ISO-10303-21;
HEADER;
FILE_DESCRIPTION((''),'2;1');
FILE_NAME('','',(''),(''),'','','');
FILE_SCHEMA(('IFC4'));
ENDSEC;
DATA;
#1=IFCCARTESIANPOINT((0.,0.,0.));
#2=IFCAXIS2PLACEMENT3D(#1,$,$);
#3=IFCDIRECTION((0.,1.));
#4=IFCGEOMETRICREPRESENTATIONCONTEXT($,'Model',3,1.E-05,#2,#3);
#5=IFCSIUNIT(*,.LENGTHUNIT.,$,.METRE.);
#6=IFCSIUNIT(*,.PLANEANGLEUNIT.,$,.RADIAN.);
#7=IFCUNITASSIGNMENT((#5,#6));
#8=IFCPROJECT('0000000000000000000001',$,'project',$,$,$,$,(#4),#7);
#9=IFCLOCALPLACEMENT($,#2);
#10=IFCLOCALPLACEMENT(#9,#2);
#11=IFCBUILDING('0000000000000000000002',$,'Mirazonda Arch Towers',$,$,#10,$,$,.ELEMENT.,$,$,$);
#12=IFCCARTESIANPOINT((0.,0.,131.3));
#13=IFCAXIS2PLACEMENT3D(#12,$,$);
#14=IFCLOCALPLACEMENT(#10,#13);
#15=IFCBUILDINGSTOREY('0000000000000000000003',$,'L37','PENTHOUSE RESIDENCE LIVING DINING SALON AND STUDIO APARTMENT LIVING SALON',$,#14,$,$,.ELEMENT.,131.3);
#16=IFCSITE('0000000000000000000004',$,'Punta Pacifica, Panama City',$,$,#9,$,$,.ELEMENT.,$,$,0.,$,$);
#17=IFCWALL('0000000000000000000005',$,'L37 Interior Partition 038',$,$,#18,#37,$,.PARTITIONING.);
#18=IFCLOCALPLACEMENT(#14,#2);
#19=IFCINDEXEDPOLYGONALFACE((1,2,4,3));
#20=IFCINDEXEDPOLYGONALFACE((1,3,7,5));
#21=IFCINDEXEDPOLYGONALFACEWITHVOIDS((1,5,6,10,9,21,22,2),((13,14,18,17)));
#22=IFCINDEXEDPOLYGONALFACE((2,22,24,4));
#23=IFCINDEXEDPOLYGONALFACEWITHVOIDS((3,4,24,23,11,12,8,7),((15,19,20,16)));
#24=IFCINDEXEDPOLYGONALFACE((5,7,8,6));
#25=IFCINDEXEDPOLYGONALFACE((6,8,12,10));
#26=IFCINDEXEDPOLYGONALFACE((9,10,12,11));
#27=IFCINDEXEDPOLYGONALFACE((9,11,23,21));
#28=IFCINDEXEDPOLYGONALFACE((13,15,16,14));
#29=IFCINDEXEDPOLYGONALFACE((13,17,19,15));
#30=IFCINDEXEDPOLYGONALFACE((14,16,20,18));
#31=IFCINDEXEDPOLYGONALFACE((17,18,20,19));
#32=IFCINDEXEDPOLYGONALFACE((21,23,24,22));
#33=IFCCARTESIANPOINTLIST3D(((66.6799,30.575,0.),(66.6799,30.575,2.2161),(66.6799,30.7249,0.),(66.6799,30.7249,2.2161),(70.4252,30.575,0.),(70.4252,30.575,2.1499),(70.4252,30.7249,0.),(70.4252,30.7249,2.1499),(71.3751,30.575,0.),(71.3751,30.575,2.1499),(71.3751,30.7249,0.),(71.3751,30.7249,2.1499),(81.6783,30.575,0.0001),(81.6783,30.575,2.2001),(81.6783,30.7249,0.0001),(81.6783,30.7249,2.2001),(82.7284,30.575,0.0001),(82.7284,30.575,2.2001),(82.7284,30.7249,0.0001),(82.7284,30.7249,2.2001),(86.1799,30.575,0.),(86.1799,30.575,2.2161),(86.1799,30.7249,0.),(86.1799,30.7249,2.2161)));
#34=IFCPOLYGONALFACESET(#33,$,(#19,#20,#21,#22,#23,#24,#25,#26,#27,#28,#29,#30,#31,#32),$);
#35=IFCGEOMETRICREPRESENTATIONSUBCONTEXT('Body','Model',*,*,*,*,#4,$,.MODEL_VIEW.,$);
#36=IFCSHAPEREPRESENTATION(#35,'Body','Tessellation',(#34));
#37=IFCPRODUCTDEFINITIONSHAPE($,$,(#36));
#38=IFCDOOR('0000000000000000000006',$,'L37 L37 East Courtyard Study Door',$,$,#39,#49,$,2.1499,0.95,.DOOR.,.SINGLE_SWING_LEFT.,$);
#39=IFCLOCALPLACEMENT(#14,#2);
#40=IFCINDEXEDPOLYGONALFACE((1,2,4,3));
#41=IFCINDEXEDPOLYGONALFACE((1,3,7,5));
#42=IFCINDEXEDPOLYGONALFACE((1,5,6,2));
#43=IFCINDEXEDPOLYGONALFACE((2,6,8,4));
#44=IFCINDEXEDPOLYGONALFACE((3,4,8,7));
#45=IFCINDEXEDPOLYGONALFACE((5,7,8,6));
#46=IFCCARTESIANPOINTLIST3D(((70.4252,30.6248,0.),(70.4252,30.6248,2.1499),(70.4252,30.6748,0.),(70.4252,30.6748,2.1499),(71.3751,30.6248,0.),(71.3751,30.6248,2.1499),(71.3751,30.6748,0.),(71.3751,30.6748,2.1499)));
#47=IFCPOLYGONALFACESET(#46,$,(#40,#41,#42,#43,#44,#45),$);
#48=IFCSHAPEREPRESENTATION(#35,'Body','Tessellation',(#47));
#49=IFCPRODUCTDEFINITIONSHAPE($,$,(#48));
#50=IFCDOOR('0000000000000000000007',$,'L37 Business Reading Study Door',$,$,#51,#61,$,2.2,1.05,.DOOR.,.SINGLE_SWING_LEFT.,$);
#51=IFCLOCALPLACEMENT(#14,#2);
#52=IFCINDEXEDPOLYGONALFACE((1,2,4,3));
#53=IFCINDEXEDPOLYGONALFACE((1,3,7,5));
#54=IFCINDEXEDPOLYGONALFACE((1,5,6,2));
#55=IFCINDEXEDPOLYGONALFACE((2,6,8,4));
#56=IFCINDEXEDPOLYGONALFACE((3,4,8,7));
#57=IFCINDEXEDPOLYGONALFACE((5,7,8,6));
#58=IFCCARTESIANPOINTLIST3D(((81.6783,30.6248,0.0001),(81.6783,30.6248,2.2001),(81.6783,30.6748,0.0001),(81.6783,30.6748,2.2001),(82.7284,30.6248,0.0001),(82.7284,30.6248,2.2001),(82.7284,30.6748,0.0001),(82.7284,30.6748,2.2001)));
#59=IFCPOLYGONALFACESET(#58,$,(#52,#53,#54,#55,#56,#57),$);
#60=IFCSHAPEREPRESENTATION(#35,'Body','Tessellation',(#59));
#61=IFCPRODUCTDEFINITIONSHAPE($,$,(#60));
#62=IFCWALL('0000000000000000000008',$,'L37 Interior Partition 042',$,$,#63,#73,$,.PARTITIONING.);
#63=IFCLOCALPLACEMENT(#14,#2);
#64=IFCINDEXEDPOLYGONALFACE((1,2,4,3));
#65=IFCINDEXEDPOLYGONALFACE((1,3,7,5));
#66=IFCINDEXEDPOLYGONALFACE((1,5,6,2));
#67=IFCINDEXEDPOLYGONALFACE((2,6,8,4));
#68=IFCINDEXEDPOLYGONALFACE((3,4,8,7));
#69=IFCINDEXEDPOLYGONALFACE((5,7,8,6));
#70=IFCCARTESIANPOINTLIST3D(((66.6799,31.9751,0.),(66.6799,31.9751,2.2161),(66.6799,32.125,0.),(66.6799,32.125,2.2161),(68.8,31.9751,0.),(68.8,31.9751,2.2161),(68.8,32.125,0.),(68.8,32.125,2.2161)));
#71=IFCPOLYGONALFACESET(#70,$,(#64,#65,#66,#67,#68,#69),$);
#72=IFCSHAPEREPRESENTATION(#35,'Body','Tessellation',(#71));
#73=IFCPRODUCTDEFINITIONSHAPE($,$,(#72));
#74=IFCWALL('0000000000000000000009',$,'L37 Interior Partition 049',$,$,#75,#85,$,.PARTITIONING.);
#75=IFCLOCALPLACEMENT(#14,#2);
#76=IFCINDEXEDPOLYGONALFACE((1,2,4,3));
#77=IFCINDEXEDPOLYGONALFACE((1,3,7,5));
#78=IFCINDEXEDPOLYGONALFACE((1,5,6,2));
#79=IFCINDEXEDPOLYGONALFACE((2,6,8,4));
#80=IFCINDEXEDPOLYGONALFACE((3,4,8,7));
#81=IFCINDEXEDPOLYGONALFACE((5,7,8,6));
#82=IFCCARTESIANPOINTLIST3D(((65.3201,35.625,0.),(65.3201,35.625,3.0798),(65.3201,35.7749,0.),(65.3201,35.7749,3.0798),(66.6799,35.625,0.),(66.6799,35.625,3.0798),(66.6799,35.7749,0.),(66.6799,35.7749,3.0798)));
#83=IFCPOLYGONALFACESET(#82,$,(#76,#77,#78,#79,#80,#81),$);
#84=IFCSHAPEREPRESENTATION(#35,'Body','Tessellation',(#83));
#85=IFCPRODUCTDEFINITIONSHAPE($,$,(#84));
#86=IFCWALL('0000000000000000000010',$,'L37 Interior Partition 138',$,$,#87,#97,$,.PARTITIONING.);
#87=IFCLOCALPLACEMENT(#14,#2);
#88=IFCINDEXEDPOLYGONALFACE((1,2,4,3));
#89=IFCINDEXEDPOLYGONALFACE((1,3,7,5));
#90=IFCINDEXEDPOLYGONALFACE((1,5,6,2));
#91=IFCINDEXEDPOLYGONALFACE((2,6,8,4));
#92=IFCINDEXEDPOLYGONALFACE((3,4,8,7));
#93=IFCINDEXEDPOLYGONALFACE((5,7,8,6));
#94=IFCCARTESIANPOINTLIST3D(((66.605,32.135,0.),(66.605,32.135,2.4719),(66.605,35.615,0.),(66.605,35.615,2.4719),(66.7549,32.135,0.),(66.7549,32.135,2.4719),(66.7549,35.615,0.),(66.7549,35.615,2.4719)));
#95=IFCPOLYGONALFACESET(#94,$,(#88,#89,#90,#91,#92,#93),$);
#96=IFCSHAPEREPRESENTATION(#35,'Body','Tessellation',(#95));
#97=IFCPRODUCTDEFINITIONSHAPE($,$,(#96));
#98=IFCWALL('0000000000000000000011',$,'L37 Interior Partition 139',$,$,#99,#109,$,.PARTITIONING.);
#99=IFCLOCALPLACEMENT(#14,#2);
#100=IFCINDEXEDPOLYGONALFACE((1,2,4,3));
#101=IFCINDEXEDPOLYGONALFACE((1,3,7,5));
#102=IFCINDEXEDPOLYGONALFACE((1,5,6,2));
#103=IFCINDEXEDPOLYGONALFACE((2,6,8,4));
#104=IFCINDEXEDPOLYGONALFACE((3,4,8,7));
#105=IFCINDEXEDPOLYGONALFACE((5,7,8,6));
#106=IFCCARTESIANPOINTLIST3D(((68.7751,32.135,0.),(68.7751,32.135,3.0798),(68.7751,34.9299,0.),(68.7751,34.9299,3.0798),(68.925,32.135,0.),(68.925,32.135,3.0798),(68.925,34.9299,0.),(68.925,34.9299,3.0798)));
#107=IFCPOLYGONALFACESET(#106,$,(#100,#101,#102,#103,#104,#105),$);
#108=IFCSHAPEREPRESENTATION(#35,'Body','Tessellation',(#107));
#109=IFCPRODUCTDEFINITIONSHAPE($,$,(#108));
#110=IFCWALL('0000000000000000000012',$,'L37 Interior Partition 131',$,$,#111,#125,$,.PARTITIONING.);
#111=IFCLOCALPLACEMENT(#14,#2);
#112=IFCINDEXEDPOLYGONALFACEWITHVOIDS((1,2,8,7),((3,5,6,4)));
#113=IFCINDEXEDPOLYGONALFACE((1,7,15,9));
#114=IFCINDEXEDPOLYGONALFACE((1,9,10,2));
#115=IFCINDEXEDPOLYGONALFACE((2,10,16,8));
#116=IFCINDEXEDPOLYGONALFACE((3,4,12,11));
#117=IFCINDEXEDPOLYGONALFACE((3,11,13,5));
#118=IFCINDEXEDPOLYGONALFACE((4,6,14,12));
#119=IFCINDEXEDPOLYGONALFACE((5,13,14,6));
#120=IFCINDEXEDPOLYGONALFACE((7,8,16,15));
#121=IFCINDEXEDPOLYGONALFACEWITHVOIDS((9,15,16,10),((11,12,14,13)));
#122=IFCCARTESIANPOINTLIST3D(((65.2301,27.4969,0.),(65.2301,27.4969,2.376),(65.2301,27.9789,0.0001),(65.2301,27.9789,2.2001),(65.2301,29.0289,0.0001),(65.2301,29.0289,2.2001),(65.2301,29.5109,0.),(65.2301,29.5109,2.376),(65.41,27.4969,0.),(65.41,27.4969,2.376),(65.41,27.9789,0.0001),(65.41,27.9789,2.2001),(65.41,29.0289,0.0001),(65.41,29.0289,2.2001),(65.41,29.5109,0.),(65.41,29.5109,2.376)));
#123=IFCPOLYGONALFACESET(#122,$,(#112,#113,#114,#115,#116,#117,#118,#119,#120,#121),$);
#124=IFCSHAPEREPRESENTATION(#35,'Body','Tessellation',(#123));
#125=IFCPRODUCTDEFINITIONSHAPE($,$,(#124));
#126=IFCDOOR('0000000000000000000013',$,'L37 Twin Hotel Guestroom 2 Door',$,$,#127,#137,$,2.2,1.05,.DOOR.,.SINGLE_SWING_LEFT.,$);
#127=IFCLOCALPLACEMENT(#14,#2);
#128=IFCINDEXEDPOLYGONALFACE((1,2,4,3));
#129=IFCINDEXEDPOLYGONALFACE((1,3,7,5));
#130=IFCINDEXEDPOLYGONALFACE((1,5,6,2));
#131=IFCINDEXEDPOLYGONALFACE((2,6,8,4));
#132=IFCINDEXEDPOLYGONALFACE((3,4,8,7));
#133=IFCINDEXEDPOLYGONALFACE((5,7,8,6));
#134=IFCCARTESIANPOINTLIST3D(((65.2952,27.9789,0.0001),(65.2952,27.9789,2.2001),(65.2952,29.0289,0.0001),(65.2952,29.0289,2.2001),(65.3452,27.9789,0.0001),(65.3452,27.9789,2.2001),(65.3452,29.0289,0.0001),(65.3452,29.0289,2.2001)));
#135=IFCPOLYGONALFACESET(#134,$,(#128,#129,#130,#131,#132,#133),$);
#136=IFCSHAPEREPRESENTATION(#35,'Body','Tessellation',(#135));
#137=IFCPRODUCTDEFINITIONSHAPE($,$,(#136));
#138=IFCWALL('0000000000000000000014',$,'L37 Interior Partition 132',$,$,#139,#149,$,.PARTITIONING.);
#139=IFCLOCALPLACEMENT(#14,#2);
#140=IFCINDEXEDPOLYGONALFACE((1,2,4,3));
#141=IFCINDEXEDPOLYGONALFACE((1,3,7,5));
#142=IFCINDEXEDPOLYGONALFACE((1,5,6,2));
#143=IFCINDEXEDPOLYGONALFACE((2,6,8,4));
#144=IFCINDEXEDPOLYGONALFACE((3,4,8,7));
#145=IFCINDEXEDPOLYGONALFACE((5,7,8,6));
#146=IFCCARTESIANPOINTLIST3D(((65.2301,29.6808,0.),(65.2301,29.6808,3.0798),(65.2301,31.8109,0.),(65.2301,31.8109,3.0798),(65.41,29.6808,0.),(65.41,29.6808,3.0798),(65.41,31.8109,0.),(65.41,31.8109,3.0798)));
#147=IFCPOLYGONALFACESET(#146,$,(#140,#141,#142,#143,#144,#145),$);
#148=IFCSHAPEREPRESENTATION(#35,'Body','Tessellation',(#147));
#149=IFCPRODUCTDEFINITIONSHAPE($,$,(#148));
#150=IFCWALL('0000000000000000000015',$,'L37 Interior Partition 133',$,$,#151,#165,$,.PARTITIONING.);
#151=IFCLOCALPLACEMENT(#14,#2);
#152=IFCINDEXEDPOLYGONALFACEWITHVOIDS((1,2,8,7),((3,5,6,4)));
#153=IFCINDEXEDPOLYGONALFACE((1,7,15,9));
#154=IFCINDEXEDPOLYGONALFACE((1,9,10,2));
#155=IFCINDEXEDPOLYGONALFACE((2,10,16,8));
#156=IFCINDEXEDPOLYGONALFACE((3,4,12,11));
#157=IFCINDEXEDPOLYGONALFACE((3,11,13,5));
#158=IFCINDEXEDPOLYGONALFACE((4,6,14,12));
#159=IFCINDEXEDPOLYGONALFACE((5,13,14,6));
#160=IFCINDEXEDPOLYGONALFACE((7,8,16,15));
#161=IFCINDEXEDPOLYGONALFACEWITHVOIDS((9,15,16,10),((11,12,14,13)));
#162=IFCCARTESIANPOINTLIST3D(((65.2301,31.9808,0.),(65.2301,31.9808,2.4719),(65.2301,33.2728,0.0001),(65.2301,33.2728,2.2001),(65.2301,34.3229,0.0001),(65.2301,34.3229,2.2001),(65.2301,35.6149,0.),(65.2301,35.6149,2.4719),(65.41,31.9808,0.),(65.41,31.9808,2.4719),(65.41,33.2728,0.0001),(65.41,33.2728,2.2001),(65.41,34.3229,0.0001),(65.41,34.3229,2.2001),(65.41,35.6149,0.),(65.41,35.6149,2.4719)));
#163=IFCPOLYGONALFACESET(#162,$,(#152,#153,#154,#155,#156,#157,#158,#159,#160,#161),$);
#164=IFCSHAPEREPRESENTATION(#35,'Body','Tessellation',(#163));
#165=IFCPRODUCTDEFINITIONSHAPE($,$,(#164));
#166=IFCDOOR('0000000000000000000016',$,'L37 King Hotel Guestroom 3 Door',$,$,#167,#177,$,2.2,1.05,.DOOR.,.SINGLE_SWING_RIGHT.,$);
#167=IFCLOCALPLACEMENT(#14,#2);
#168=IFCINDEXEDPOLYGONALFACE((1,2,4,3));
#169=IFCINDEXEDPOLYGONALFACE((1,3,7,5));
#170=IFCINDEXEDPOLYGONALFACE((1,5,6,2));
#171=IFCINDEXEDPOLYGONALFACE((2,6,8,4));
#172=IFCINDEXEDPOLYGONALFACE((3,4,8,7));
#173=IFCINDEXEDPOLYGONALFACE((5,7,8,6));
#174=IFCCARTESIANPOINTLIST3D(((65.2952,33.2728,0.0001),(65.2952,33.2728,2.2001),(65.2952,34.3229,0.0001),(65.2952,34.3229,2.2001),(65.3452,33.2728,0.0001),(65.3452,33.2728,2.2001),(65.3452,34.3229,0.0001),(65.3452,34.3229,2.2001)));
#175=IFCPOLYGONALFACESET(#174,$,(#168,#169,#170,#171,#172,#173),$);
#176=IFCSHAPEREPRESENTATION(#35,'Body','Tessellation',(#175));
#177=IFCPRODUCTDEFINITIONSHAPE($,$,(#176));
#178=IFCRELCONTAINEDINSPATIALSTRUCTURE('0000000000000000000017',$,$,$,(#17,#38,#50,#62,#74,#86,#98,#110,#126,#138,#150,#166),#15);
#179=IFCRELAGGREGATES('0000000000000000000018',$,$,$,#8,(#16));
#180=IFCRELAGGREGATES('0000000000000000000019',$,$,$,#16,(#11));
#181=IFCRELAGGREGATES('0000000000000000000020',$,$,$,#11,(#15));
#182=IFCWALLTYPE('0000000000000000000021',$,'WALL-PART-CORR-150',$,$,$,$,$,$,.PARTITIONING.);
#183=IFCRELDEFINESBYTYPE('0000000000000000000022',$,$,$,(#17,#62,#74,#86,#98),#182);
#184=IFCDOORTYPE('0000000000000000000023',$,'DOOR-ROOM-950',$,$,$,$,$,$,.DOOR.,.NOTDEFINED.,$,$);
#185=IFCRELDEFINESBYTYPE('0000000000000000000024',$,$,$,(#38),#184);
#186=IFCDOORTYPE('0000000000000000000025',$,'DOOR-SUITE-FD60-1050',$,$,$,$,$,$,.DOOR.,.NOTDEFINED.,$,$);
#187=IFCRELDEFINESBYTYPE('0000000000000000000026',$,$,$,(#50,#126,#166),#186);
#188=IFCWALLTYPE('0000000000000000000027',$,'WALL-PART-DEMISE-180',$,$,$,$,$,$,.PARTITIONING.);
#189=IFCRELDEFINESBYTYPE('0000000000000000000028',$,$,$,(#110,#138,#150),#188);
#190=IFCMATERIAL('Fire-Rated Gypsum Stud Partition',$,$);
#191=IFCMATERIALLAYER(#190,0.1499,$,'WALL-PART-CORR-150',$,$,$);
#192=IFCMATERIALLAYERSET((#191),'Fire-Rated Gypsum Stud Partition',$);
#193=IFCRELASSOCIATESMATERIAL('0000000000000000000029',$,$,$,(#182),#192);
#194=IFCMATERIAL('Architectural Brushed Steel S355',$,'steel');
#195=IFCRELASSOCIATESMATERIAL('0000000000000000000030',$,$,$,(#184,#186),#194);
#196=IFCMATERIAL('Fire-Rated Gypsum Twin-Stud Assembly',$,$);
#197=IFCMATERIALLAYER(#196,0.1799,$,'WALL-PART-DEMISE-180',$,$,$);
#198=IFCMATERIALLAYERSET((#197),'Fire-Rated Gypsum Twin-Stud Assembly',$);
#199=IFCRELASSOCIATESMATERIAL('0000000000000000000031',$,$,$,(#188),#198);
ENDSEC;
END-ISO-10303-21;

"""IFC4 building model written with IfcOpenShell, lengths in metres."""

from ifc_helpers import new_model, si_unit, direction, frame, frame_2d, origin, place, context, subcontext, project, spatial, rectangle, extrude, material, layer, layer_set, type_object, element, fill, save


model = new_model("IFC4")

# Units and contexts
model_context = context("Model", 3, precision=1e-05, world=origin(), true_north=direction((0.0, 1.0)))
body_context = subcontext(model_context, "Body", "Model", "MODEL_VIEW")
ifc_project = project(units=[si_unit("LENGTHUNIT", "METRE"), si_unit("PLANEANGLEUNIT", "RADIAN")], contexts=[model_context])

# Site, building, storey
site_placement = place(None, origin())
site = spatial("IfcSite", under=ifc_project, at=site_placement, Name="Punta Pacifica, Panama City", CompositionType="ELEMENT", RefElevation=0.0)
building_placement = place(site_placement, origin())
building = spatial("IfcBuilding", under=site, at=building_placement, Name="Mirazonda Arch Towers", CompositionType="ELEMENT")
storey_placement = place(building_placement, frame((0.0, 0.0, 131.3)))
storey = spatial("IfcBuildingStorey", under=building, at=storey_placement, Name="L37", Description="PENTHOUSE RESIDENCE LIVING DINING SALON AND STUDIO APARTMENT LIVING SALON", CompositionType="ELEMENT", Elevation=131.3)

# Wall, openings, doors
ifc_material_1 = material(Name="Architectural Brushed Steel S355", Category="steel")
ifc_material_2 = material(Name="Fire-Rated Gypsum Stud Partition")
ifc_layer_1 = layer(ifc_material_2, 0.1499, Name="WALL-PART-CORR-150")
ifc_layer_set_1 = layer_set([ifc_layer_1], Name="Fire-Rated Gypsum Stud Partition")
wall_type_1 = type_object("IfcWallType", Name="WALL-PART-CORR-150", PredefinedType="PARTITIONING", material=ifc_layer_set_1)
wall_1_placement = place(storey_placement, frame((66.6799, 30.6499, 0.0), z_axis=(0.0, 0.0, 1.0), x_axis=(1.0, 0.0, 0.0)))
wall_1 = element("IfcWall", 1, at=wall_1_placement, inside=storey, type_object=wall_type_1, Name="L37 Interior Partition 038", PredefinedType="PARTITIONING", context=body_context, shape_type="SweptSolid", body=[
    extrude(rectangle(XDim=19.5, YDim=0.1499, at=frame_2d((9.75, 0.0))), origin(), (0.0, 0.0, 1.0), 2.2161),
])
opening_1_placement = place(wall_1_placement, frame((3.7451, 0.0, 0.0)))
opening_1 = element("IfcOpeningElement", 2, at=opening_1_placement, cuts=wall_1, PredefinedType="OPENING", context=body_context, shape_type="SweptSolid", body=[
    extrude(rectangle(XDim=0.95, YDim=2.1499, at=frame_2d((0.4751, 1.075))), frame((0.0, 0.085, 0.0), z_axis=(0.0, -1.0, 0.0), x_axis=(1.0, 0.0, 0.0)), (0.0, 0.0, 1.0), 0.1699),
])
opening_2_placement = place(wall_1_placement, frame((14.9985, 0.0, 0.0)))
opening_2 = element("IfcOpeningElement", 3, at=opening_2_placement, cuts=wall_1, PredefinedType="OPENING", context=body_context, shape_type="SweptSolid", body=[
    extrude(rectangle(XDim=1.05, YDim=2.2, at=frame_2d((0.5249, 1.1001))), frame((0.0, 0.085, 0.0), z_axis=(0.0, -1.0, 0.0), x_axis=(1.0, 0.0, 0.0)), (0.0, 0.0, 1.0), 0.1699),
])
door_type_1 = type_object("IfcDoorType", Name="DOOR-ROOM-950", OperationType="NOTDEFINED", PredefinedType="DOOR", material=ifc_material_1)
door_1_placement = place(opening_1_placement, origin())
door_1 = element("IfcDoor", 4, at=door_1_placement, inside=storey, type_object=door_type_1, Name="L37 L37 East Courtyard Study Door", OperationType="SINGLE_SWING_LEFT", OverallHeight=2.1499, OverallWidth=0.95, PredefinedType="DOOR", context=body_context, shape_type="SweptSolid", body=[
    extrude(rectangle(XDim=0.95, YDim=2.1499, at=frame_2d((0.4751, 1.075))), frame((0.0, 0.0249, 0.0), z_axis=(0.0, -1.0, 0.0), x_axis=(1.0, 0.0, 0.0)), (0.0, 0.0, 1.0), 0.05),
])
fill(opening_1, door_1)
door_type_2 = type_object("IfcDoorType", Name="DOOR-SUITE-FD60-1050", OperationType="NOTDEFINED", PredefinedType="DOOR", material=ifc_material_1)
door_2_placement = place(opening_2_placement, origin())
door_2 = element("IfcDoor", 5, at=door_2_placement, inside=storey, type_object=door_type_2, Name="L37 Business Reading Study Door", OperationType="SINGLE_SWING_LEFT", OverallHeight=2.2, OverallWidth=1.05, PredefinedType="DOOR", context=body_context, shape_type="SweptSolid", body=[
    extrude(rectangle(XDim=1.05, YDim=2.2, at=frame_2d((0.5249, 1.1001))), frame((0.0, 0.0249, 0.0), z_axis=(0.0, -1.0, 0.0), x_axis=(1.0, 0.0, 0.0)), (0.0, 0.0, 1.0), 0.05),
])
fill(opening_2, door_2)

# Walls
wall_2_placement = place(storey_placement, frame((66.6799, 32.05, 0.0), z_axis=(0.0, 0.0, 1.0), x_axis=(1.0, 0.0, 0.0)))
element("IfcWall", 6, at=wall_2_placement, inside=storey, type_object=wall_type_1, Name="L37 Interior Partition 042", PredefinedType="PARTITIONING", context=body_context, shape_type="SweptSolid", body=[
    extrude(rectangle(XDim=2.1201, YDim=0.1499, at=frame_2d((1.0601, 0.0))), origin(), (0.0, 0.0, 1.0), 2.2161),
])
wall_3_placement = place(storey_placement, frame((65.3201, 35.7, 0.0), z_axis=(0.0, 0.0, 1.0), x_axis=(1.0, 0.0, 0.0)))
element("IfcWall", 7, at=wall_3_placement, inside=storey, type_object=wall_type_1, Name="L37 Interior Partition 049", PredefinedType="PARTITIONING", context=body_context, shape_type="SweptSolid", body=[
    extrude(rectangle(XDim=1.3599, YDim=0.1499, at=frame_2d((0.6799, 0.0))), origin(), (0.0, 0.0, 1.0), 3.0798),
])
wall_4_placement = place(storey_placement, frame((66.6799, 32.135, 0.0), z_axis=(0.0, 0.0, 1.0), x_axis=(0.0, 1.0, 0.0)))
element("IfcWall", 8, at=wall_4_placement, inside=storey, type_object=wall_type_1, Name="L37 Interior Partition 138", PredefinedType="PARTITIONING", context=body_context, shape_type="SweptSolid", body=[
    extrude(rectangle(XDim=3.48, YDim=0.1499, at=frame_2d((1.74, 0.0))), origin(), (0.0, 0.0, 1.0), 2.4719),
])
wall_5_placement = place(storey_placement, frame((68.8501, 32.135, 0.0), z_axis=(0.0, 0.0, 1.0), x_axis=(0.0, 1.0, 0.0)))
element("IfcWall", 9, at=wall_5_placement, inside=storey, type_object=wall_type_1, Name="L37 Interior Partition 139", PredefinedType="PARTITIONING", context=body_context, shape_type="SweptSolid", body=[
    extrude(rectangle(XDim=2.7949, YDim=0.1499, at=frame_2d((1.3975, 0.0))), origin(), (0.0, 0.0, 1.0), 3.0798),
])

# Wall, opening, door
ifc_material_3 = material(Name="Fire-Rated Gypsum Twin-Stud Assembly")
ifc_layer_2 = layer(ifc_material_3, 0.1799, Name="WALL-PART-DEMISE-180")
ifc_layer_set_2 = layer_set([ifc_layer_2], Name="Fire-Rated Gypsum Twin-Stud Assembly")
wall_type_2 = type_object("IfcWallType", Name="WALL-PART-DEMISE-180", PredefinedType="PARTITIONING", material=ifc_layer_set_2)
wall_6_placement = place(storey_placement, frame((65.3201, 27.4971, 0.0), z_axis=(0.0, 0.0, 1.0), x_axis=(0.0, 1.0, 0.0)))
wall_6 = element("IfcWall", 10, at=wall_6_placement, inside=storey, type_object=wall_type_2, Name="L37 Interior Partition 131", PredefinedType="PARTITIONING", context=body_context, shape_type="SweptSolid", body=[
    extrude(rectangle(XDim=2.0139, YDim=0.1799, at=frame_2d((1.0068, 0.0))), origin(), (0.0, 0.0, 1.0), 2.376),
])
opening_3_placement = place(wall_6_placement, frame((0.4819, 0.0, 0.0)))
opening_3 = element("IfcOpeningElement", 11, at=opening_3_placement, cuts=wall_6, PredefinedType="OPENING", context=body_context, shape_type="SweptSolid", body=[
    extrude(rectangle(XDim=1.05, YDim=2.2, at=frame_2d((0.5249, 1.1001))), frame((0.0, 0.0999, 0.0), z_axis=(0.0, -1.0, 0.0), x_axis=(1.0, 0.0, 0.0)), (0.0, 0.0, 1.0), 0.2),
])
door_3_placement = place(opening_3_placement, origin())
door_3 = element("IfcDoor", 12, at=door_3_placement, inside=storey, type_object=door_type_2, Name="L37 Twin Hotel Guestroom 2 Door", OperationType="SINGLE_SWING_LEFT", OverallHeight=2.2, OverallWidth=1.05, PredefinedType="DOOR", context=body_context, shape_type="SweptSolid", body=[
    extrude(rectangle(XDim=1.05, YDim=2.2, at=frame_2d((0.5249, 1.1001))), frame((0.0, 0.0249, 0.0), z_axis=(0.0, -1.0, 0.0), x_axis=(1.0, 0.0, 0.0)), (0.0, 0.0, 1.0), 0.05),
])
fill(opening_3, door_3)

# Wall
wall_7_placement = place(storey_placement, frame((65.3201, 29.6809, 0.0), z_axis=(0.0, 0.0, 1.0), x_axis=(0.0, 1.0, 0.0)))
element("IfcWall", 13, at=wall_7_placement, inside=storey, type_object=wall_type_2, Name="L37 Interior Partition 132", PredefinedType="PARTITIONING", context=body_context, shape_type="SweptSolid", body=[
    extrude(rectangle(XDim=2.1301, YDim=0.1799, at=frame_2d((1.0649, 0.0))), origin(), (0.0, 0.0, 1.0), 3.0798),
])

# Wall, opening, door
wall_8_placement = place(storey_placement, frame((65.3201, 31.981, 0.0), z_axis=(0.0, 0.0, 1.0), x_axis=(0.0, 1.0, 0.0)))
wall_8 = element("IfcWall", 14, at=wall_8_placement, inside=storey, type_object=wall_type_2, Name="L37 Interior Partition 133", PredefinedType="PARTITIONING", context=body_context, shape_type="SweptSolid", body=[
    extrude(rectangle(XDim=3.634, YDim=0.1799, at=frame_2d((1.8169, 0.0))), origin(), (0.0, 0.0, 1.0), 2.4719),
])
opening_4_placement = place(wall_8_placement, frame((1.292, 0.0, 0.0)))
opening_4 = element("IfcOpeningElement", 15, at=opening_4_placement, cuts=wall_8, PredefinedType="OPENING", context=body_context, shape_type="SweptSolid", body=[
    extrude(rectangle(XDim=1.05, YDim=2.2, at=frame_2d((0.5249, 1.1001))), frame((0.0, 0.0999, 0.0), z_axis=(0.0, -1.0, 0.0), x_axis=(1.0, 0.0, 0.0)), (0.0, 0.0, 1.0), 0.2),
])
door_4_placement = place(opening_4_placement, origin())
door_4 = element("IfcDoor", 16, at=door_4_placement, inside=storey, type_object=door_type_2, Name="L37 King Hotel Guestroom 3 Door", OperationType="SINGLE_SWING_RIGHT", OverallHeight=2.2, OverallWidth=1.05, PredefinedType="DOOR", context=body_context, shape_type="SweptSolid", body=[
    extrude(rectangle(XDim=1.05, YDim=2.2, at=frame_2d((0.5249, 1.1001))), frame((0.0, 0.0249, 0.0), z_axis=(0.0, -1.0, 0.0), x_axis=(1.0, 0.0, 0.0)), (0.0, 0.0, 1.0), 0.05),
])
fill(opening_4, door_4)

save(model, "model.ifc")
